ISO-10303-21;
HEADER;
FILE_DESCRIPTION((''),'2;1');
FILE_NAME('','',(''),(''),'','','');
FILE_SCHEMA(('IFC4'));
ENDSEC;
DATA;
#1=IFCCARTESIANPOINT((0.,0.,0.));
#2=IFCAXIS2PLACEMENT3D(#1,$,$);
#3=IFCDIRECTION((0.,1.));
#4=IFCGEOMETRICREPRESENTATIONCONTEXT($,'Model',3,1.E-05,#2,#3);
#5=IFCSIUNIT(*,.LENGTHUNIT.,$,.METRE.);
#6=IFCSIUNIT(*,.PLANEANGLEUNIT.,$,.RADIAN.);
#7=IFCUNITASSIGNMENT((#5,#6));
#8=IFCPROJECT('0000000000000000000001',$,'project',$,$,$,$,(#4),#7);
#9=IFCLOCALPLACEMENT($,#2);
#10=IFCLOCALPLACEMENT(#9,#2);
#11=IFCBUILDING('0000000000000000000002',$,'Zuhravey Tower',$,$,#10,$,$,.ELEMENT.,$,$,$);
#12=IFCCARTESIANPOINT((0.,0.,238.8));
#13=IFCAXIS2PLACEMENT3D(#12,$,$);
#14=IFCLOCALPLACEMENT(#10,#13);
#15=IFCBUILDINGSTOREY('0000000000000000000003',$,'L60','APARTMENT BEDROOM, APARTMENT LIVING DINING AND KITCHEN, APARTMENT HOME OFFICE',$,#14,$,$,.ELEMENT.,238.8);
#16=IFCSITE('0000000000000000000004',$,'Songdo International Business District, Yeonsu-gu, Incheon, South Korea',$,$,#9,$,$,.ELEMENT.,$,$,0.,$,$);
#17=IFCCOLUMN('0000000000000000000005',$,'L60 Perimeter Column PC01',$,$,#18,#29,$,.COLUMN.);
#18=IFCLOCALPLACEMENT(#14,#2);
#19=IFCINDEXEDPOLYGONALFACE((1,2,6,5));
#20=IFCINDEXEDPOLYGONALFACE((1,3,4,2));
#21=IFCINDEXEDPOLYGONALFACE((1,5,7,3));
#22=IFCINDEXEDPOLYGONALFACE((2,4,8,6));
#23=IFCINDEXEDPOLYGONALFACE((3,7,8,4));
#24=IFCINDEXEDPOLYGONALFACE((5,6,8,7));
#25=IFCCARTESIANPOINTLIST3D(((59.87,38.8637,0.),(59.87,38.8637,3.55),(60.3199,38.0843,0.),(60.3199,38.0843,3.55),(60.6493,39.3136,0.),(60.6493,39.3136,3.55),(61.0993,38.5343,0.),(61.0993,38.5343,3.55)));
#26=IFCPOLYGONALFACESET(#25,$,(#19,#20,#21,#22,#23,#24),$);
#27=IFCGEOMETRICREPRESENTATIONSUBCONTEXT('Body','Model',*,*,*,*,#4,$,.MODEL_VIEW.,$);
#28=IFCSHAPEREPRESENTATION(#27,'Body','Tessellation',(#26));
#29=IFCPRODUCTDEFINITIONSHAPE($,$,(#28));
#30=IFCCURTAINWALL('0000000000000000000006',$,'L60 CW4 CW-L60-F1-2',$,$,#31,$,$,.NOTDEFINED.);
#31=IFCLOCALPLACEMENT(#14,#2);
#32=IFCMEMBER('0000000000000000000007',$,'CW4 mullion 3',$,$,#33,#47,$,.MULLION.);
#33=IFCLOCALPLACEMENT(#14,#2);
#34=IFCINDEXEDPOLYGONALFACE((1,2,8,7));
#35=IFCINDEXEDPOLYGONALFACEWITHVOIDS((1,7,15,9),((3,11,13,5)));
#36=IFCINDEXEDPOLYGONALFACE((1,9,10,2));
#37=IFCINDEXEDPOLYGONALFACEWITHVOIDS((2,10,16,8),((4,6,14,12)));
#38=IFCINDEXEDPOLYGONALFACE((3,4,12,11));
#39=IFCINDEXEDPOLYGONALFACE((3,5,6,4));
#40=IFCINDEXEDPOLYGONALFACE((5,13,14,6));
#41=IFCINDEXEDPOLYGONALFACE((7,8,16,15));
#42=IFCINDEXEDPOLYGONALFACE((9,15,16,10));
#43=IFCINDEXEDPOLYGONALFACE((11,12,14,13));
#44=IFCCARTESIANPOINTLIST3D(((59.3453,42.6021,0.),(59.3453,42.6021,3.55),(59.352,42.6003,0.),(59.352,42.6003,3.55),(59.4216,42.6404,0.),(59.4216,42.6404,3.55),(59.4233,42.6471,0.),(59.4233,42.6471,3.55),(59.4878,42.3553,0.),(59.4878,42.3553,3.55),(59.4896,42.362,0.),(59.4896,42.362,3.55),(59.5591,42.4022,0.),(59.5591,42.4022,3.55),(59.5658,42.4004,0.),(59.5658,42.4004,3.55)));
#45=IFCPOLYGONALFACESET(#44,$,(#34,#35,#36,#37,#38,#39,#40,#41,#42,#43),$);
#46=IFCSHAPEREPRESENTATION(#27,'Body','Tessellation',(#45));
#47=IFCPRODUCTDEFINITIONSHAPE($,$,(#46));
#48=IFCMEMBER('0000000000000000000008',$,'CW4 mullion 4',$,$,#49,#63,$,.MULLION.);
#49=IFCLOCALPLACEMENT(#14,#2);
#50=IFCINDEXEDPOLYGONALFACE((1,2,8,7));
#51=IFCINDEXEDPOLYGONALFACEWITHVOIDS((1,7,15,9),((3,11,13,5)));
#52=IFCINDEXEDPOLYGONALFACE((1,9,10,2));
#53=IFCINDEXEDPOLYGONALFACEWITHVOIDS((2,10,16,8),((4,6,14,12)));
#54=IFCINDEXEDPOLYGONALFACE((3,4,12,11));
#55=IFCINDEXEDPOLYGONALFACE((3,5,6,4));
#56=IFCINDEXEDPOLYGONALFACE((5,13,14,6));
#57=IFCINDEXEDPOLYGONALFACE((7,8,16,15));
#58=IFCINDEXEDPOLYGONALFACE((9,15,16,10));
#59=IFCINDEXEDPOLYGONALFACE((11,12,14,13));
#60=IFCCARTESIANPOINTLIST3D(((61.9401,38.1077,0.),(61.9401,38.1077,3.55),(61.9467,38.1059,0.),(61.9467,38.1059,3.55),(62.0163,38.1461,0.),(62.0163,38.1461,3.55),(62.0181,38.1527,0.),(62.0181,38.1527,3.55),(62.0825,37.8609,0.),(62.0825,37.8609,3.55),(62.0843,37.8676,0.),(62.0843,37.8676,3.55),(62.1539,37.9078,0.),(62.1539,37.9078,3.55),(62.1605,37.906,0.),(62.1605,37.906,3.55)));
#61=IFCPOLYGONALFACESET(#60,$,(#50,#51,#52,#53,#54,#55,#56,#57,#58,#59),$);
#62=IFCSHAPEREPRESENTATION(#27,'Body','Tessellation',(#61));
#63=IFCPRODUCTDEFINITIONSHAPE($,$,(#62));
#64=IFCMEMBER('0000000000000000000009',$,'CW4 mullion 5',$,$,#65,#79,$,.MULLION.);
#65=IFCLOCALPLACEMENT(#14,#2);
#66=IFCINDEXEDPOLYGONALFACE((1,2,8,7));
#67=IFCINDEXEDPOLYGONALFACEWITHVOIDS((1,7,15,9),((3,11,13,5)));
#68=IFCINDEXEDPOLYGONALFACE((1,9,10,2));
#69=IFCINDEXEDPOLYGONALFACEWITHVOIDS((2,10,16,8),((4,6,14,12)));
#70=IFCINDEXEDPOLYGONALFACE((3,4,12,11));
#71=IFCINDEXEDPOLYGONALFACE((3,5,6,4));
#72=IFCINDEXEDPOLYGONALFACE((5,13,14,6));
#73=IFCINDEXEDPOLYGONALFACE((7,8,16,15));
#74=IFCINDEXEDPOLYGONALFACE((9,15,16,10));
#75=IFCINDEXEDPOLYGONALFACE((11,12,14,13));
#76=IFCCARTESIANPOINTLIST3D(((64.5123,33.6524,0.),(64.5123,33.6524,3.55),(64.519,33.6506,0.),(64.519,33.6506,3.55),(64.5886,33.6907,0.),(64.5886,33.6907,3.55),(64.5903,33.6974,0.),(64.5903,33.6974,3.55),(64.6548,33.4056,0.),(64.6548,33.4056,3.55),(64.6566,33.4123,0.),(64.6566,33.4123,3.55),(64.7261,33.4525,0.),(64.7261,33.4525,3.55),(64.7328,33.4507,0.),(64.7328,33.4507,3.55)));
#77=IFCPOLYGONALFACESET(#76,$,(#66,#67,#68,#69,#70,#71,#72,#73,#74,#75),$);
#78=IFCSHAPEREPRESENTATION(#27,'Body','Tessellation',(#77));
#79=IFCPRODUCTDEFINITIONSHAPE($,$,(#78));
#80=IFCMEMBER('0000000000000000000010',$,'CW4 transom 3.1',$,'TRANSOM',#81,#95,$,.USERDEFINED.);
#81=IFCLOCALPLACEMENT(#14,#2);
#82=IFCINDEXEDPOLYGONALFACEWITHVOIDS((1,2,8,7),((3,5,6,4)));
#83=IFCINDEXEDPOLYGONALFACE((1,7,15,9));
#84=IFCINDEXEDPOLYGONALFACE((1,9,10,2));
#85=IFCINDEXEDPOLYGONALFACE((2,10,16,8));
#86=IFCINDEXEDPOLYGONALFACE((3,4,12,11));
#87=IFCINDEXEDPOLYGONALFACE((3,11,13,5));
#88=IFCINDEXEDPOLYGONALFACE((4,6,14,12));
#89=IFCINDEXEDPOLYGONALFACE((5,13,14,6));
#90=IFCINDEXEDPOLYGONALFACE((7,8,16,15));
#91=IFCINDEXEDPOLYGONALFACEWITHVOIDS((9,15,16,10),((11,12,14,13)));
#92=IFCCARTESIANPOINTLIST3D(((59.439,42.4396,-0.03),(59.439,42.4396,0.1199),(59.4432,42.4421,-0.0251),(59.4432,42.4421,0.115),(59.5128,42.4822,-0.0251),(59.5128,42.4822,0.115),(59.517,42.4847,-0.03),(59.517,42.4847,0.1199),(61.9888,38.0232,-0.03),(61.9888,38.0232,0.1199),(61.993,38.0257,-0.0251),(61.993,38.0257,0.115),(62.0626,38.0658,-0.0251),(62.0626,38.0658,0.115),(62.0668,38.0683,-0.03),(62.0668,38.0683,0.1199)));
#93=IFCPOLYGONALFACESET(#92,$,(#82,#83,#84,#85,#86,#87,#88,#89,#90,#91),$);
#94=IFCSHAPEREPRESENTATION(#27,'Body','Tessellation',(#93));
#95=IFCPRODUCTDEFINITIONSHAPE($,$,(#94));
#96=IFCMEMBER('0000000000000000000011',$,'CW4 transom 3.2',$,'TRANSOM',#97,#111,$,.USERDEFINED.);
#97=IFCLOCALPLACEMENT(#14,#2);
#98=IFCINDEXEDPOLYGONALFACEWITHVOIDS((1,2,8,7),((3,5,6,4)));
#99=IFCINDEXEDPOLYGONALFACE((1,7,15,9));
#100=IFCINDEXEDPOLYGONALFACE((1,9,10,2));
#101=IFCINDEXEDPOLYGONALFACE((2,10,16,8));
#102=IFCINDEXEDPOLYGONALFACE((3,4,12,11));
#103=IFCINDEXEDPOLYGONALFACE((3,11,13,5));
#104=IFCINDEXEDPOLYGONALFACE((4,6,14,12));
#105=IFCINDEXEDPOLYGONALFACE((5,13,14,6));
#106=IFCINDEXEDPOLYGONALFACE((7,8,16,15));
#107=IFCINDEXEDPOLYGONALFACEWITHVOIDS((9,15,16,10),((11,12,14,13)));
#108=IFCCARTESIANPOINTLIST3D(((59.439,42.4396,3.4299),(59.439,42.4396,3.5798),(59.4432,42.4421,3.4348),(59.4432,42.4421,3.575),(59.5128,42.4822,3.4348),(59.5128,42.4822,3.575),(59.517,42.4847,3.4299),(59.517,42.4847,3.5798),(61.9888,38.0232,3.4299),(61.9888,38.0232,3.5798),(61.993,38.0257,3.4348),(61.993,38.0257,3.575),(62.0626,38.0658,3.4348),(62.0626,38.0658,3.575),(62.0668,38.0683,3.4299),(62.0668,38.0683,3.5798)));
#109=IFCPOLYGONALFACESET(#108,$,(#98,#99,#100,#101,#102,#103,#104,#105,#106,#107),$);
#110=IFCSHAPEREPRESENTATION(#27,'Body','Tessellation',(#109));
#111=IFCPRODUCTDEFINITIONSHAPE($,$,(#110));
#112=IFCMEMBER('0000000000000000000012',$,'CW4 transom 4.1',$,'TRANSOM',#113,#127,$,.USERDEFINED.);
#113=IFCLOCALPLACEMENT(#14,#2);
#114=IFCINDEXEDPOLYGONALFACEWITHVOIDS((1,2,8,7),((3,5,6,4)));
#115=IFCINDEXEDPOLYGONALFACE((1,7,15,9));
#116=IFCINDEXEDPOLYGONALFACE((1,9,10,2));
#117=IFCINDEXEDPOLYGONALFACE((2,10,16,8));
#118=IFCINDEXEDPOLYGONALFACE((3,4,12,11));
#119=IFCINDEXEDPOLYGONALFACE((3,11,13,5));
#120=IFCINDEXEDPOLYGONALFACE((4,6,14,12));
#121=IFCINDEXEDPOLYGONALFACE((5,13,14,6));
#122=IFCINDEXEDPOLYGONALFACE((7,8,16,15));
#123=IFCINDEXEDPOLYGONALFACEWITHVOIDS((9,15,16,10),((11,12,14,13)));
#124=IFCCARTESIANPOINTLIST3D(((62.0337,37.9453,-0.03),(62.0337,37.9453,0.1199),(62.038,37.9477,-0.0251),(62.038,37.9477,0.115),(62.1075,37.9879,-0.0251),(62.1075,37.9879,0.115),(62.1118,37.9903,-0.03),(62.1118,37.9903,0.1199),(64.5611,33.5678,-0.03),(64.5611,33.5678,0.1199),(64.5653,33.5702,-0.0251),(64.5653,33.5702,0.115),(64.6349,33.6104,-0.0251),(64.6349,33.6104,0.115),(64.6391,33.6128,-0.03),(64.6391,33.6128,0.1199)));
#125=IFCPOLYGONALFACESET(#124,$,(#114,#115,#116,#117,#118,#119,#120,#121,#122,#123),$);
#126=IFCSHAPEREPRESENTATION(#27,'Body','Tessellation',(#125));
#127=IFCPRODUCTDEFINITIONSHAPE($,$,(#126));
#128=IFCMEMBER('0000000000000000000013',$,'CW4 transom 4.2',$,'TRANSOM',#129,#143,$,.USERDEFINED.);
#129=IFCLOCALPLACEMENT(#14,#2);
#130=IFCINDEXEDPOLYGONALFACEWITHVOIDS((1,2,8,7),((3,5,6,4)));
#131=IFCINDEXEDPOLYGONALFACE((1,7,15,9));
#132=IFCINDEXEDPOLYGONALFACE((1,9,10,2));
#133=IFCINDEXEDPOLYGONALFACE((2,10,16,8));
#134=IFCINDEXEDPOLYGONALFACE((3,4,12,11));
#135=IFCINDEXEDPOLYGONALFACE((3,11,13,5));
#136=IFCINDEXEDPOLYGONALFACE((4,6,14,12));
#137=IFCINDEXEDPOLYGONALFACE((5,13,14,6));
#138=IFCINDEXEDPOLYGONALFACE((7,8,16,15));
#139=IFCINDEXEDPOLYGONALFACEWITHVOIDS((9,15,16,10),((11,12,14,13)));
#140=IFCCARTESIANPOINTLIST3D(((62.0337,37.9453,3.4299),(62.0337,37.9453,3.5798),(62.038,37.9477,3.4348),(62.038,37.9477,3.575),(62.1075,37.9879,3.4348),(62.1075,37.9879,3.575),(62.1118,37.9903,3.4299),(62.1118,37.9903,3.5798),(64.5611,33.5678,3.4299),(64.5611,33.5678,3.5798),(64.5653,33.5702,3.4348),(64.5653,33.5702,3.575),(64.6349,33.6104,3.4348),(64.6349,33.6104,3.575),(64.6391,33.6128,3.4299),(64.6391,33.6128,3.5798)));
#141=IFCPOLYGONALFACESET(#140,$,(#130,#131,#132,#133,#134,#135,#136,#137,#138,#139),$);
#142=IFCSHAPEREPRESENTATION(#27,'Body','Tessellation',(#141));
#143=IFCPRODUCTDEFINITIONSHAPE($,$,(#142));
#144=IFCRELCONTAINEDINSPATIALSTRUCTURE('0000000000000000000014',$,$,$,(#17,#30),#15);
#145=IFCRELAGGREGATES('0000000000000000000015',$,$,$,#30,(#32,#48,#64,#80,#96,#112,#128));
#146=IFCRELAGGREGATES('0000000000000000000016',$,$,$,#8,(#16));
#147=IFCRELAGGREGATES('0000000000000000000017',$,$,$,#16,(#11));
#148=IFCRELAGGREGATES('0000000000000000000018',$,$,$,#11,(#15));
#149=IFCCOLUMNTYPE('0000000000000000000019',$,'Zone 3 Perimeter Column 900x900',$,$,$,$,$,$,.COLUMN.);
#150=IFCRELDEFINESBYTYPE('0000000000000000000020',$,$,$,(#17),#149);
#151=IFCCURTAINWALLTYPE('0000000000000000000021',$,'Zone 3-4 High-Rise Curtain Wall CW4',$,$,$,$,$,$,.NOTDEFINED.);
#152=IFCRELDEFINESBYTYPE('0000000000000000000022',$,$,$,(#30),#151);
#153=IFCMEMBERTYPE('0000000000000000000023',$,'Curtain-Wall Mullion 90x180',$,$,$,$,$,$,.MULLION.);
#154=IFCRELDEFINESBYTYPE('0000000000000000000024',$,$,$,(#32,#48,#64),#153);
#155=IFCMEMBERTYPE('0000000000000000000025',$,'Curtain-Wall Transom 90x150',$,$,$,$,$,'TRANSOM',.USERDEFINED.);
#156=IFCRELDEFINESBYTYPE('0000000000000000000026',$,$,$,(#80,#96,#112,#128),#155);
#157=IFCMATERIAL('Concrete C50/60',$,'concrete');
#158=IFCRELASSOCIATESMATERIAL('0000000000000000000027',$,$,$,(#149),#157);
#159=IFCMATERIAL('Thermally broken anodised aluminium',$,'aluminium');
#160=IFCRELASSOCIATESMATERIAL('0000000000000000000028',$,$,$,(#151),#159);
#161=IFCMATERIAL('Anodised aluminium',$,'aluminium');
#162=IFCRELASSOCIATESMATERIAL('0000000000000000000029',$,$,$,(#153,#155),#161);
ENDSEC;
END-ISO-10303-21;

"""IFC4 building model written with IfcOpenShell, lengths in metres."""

from ifc_helpers import new_model, si_unit, direction, frame, origin, origin_2d, place, context, subcontext, project, spatial, rectangle, hollow_rectangle, extrude, material, material_profile, profile_set, type_object, element, aggregate, save


model = new_model("IFC4")

# Units and contexts
model_context = context("Model", 3, precision=1e-05, world=origin(), true_north=direction((0.0, 1.0)))
body_context = subcontext(model_context, "Body", "Model", "MODEL_VIEW")
ifc_project = project(units=[si_unit("LENGTHUNIT", "METRE"), si_unit("PLANEANGLEUNIT", "RADIAN")], contexts=[model_context])

# Site, building, storey
site_placement = place(None, origin())
site = spatial("IfcSite", under=ifc_project, at=site_placement, Name="Songdo International Business District, Yeonsu-gu, Incheon, South Korea", CompositionType="ELEMENT", RefElevation=0.0)
building_placement = place(site_placement, origin())
building = spatial("IfcBuilding", under=site, at=building_placement, Name="Zuhravey Tower", CompositionType="ELEMENT")
storey_placement = place(building_placement, frame((0.0, 0.0, 238.8)))
storey = spatial("IfcBuildingStorey", under=building, at=storey_placement, Name="L60", Description="APARTMENT BEDROOM, APARTMENT LIVING DINING AND KITCHEN, APARTMENT HOME OFFICE", CompositionType="ELEMENT", Elevation=238.8)

# Column
ifc_material_1 = material(Name="Concrete C50/60", Category="concrete")
ifc_material_profile_1 = material_profile(ifc_material_1, rectangle(XDim=0.8999, YDim=0.8999, at=origin_2d()), Name="RC-900x900")
ifc_profile_set_1 = profile_set([ifc_material_profile_1], Name="Concrete C50/60")
column_type = type_object("IfcColumnType", Name="Zone 3 Perimeter Column 900x900", PredefinedType="COLUMN", material=ifc_profile_set_1)
column_placement = place(storey_placement, frame((60.4846, 38.699, 0.0), z_axis=(0.0, 0.0, 1.0), x_axis=(-0.5, 0.866025, 0.0)))
element("IfcColumn", 1, at=column_placement, inside=storey, type_object=column_type, Name="L60 Perimeter Column PC01", PredefinedType="COLUMN", context=body_context, shape_type="SweptSolid", body=[
    extrude(rectangle(XDim=0.8999, YDim=0.8999, at=origin_2d()), origin(), (0.0, 0.0, 1.0), 3.55),
])

# Curtain wall, members
ifc_material_2 = material(Name="Thermally broken anodised aluminium", Category="aluminium")
curtain_wall_type = type_object("IfcCurtainWallType", Name="Zone 3-4 High-Rise Curtain Wall CW4", PredefinedType="NOTDEFINED", material=ifc_material_2)
curtain_wall_placement = place(storey_placement, origin())
curtain_wall = element("IfcCurtainWall", 2, at=curtain_wall_placement, inside=storey, type_object=curtain_wall_type, Name="L60 CW4 CW-L60-F1-2", PredefinedType="NOTDEFINED")
ifc_material_3 = material(Name="Anodised aluminium", Category="aluminium")
ifc_material_profile_2 = material_profile(ifc_material_3, hollow_rectangle(XDim=0.0901, YDim=0.2849, WallThickness=0.0049, at=origin_2d()), Name="ALU-RHS-90x285x5")
ifc_profile_set_2 = profile_set([ifc_material_profile_2], Name="Anodised aluminium")
member_type_1 = type_object("IfcMemberType", Name="Curtain-Wall Mullion 90x180", PredefinedType="MULLION", material=ifc_profile_set_2)
member_1_placement = place(storey_placement, frame((59.4556, 42.5012, 0.0), z_axis=(0.0, 0.0, 1.0), x_axis=(0.866024, 0.500002, 0.0)))
member_1 = element("IfcMember", 3, at=member_1_placement, type_object=member_type_1, Name="CW4 mullion 3", PredefinedType="MULLION", context=body_context, shape_type="SweptSolid", body=[
    extrude(hollow_rectangle(XDim=0.0901, YDim=0.2849, WallThickness=0.0049, at=origin_2d()), origin(), (0.0, 0.0, 1.0), 3.55),
])
member_2_placement = place(storey_placement, frame((62.0503, 38.0068, 0.0), z_axis=(0.0, 0.0, 1.0), x_axis=(0.866024, 0.500002, 0.0)))
member_2 = element("IfcMember", 4, at=member_2_placement, type_object=member_type_1, Name="CW4 mullion 4", PredefinedType="MULLION", context=body_context, shape_type="SweptSolid", body=[
    extrude(hollow_rectangle(XDim=0.0901, YDim=0.2849, WallThickness=0.0049, at=origin_2d()), origin(), (0.0, 0.0, 1.0), 3.55),
])
member_3_placement = place(storey_placement, frame((64.6226, 33.5515, 0.0), z_axis=(0.0, 0.0, 1.0), x_axis=(0.866024, 0.500002, 0.0)))
member_3 = element("IfcMember", 5, at=member_3_placement, type_object=member_type_1, Name="CW4 mullion 5", PredefinedType="MULLION", context=body_context, shape_type="SweptSolid", body=[
    extrude(hollow_rectangle(XDim=0.0901, YDim=0.2849, WallThickness=0.0049, at=origin_2d()), origin(), (0.0, 0.0, 1.0), 3.55),
])
ifc_material_profile_3 = material_profile(ifc_material_3, hollow_rectangle(XDim=0.0901, YDim=0.1499, WallThickness=0.0049, at=origin_2d()), Name="ALU-RHS-90x150x5")
ifc_profile_set_3 = profile_set([ifc_material_profile_3], Name="Anodised aluminium")
member_type_2 = type_object("IfcMemberType", Name="Curtain-Wall Transom 90x150", ElementType="TRANSOM", PredefinedType="USERDEFINED", material=ifc_profile_set_3)
member_4_placement = place(storey_placement, frame((59.478, 42.4622, 0.0449), z_axis=(0.49999, -0.866031, 0.0), x_axis=(0.866031, 0.49999, 0.0)))
member_4 = element("IfcMember", 6, at=member_4_placement, type_object=member_type_2, Name="CW4 transom 3.1", ObjectType="TRANSOM", PredefinedType="USERDEFINED", context=body_context, shape_type="SweptSolid", body=[
    extrude(hollow_rectangle(XDim=0.0901, YDim=0.1499, WallThickness=0.0049, at=origin_2d()), origin(), (0.0, 0.0, 1.0), 5.0996),
])
member_5_placement = place(storey_placement, frame((59.478, 42.4622, 3.5049), z_axis=(0.49999, -0.866031, 0.0), x_axis=(0.866031, 0.49999, 0.0)))
member_5 = element("IfcMember", 7, at=member_5_placement, type_object=member_type_2, Name="CW4 transom 3.2", ObjectType="TRANSOM", PredefinedType="USERDEFINED", context=body_context, shape_type="SweptSolid", body=[
    extrude(hollow_rectangle(XDim=0.0901, YDim=0.1499, WallThickness=0.0049, at=origin_2d()), origin(), (0.0, 0.0, 1.0), 5.0996),
])
member_6_placement = place(storey_placement, frame((62.0728, 37.9678, 0.0449), z_axis=(0.500004, -0.866023, 0.0), x_axis=(0.866023, 0.500004, 0.0)))
member_6 = element("IfcMember", 8, at=member_6_placement, type_object=member_type_2, Name="CW4 transom 4.1", ObjectType="TRANSOM", PredefinedType="USERDEFINED", context=body_context, shape_type="SweptSolid", body=[
    extrude(hollow_rectangle(XDim=0.0901, YDim=0.1499, WallThickness=0.0049, at=origin_2d()), origin(), (0.0, 0.0, 1.0), 5.0547),
])
member_7_placement = place(storey_placement, frame((62.0728, 37.9678, 3.5049), z_axis=(0.500004, -0.866023, 0.0), x_axis=(0.866023, 0.500004, 0.0)))
member_7 = element("IfcMember", 9, at=member_7_placement, type_object=member_type_2, Name="CW4 transom 4.2", ObjectType="TRANSOM", PredefinedType="USERDEFINED", context=body_context, shape_type="SweptSolid", body=[
    extrude(hollow_rectangle(XDim=0.0901, YDim=0.1499, WallThickness=0.0049, at=origin_2d()), origin(), (0.0, 0.0, 1.0), 5.0547),
])

aggregate(curtain_wall, [member_1, member_2, member_3, member_4, member_5, member_6, member_7])

save(model, "model.ifc")
